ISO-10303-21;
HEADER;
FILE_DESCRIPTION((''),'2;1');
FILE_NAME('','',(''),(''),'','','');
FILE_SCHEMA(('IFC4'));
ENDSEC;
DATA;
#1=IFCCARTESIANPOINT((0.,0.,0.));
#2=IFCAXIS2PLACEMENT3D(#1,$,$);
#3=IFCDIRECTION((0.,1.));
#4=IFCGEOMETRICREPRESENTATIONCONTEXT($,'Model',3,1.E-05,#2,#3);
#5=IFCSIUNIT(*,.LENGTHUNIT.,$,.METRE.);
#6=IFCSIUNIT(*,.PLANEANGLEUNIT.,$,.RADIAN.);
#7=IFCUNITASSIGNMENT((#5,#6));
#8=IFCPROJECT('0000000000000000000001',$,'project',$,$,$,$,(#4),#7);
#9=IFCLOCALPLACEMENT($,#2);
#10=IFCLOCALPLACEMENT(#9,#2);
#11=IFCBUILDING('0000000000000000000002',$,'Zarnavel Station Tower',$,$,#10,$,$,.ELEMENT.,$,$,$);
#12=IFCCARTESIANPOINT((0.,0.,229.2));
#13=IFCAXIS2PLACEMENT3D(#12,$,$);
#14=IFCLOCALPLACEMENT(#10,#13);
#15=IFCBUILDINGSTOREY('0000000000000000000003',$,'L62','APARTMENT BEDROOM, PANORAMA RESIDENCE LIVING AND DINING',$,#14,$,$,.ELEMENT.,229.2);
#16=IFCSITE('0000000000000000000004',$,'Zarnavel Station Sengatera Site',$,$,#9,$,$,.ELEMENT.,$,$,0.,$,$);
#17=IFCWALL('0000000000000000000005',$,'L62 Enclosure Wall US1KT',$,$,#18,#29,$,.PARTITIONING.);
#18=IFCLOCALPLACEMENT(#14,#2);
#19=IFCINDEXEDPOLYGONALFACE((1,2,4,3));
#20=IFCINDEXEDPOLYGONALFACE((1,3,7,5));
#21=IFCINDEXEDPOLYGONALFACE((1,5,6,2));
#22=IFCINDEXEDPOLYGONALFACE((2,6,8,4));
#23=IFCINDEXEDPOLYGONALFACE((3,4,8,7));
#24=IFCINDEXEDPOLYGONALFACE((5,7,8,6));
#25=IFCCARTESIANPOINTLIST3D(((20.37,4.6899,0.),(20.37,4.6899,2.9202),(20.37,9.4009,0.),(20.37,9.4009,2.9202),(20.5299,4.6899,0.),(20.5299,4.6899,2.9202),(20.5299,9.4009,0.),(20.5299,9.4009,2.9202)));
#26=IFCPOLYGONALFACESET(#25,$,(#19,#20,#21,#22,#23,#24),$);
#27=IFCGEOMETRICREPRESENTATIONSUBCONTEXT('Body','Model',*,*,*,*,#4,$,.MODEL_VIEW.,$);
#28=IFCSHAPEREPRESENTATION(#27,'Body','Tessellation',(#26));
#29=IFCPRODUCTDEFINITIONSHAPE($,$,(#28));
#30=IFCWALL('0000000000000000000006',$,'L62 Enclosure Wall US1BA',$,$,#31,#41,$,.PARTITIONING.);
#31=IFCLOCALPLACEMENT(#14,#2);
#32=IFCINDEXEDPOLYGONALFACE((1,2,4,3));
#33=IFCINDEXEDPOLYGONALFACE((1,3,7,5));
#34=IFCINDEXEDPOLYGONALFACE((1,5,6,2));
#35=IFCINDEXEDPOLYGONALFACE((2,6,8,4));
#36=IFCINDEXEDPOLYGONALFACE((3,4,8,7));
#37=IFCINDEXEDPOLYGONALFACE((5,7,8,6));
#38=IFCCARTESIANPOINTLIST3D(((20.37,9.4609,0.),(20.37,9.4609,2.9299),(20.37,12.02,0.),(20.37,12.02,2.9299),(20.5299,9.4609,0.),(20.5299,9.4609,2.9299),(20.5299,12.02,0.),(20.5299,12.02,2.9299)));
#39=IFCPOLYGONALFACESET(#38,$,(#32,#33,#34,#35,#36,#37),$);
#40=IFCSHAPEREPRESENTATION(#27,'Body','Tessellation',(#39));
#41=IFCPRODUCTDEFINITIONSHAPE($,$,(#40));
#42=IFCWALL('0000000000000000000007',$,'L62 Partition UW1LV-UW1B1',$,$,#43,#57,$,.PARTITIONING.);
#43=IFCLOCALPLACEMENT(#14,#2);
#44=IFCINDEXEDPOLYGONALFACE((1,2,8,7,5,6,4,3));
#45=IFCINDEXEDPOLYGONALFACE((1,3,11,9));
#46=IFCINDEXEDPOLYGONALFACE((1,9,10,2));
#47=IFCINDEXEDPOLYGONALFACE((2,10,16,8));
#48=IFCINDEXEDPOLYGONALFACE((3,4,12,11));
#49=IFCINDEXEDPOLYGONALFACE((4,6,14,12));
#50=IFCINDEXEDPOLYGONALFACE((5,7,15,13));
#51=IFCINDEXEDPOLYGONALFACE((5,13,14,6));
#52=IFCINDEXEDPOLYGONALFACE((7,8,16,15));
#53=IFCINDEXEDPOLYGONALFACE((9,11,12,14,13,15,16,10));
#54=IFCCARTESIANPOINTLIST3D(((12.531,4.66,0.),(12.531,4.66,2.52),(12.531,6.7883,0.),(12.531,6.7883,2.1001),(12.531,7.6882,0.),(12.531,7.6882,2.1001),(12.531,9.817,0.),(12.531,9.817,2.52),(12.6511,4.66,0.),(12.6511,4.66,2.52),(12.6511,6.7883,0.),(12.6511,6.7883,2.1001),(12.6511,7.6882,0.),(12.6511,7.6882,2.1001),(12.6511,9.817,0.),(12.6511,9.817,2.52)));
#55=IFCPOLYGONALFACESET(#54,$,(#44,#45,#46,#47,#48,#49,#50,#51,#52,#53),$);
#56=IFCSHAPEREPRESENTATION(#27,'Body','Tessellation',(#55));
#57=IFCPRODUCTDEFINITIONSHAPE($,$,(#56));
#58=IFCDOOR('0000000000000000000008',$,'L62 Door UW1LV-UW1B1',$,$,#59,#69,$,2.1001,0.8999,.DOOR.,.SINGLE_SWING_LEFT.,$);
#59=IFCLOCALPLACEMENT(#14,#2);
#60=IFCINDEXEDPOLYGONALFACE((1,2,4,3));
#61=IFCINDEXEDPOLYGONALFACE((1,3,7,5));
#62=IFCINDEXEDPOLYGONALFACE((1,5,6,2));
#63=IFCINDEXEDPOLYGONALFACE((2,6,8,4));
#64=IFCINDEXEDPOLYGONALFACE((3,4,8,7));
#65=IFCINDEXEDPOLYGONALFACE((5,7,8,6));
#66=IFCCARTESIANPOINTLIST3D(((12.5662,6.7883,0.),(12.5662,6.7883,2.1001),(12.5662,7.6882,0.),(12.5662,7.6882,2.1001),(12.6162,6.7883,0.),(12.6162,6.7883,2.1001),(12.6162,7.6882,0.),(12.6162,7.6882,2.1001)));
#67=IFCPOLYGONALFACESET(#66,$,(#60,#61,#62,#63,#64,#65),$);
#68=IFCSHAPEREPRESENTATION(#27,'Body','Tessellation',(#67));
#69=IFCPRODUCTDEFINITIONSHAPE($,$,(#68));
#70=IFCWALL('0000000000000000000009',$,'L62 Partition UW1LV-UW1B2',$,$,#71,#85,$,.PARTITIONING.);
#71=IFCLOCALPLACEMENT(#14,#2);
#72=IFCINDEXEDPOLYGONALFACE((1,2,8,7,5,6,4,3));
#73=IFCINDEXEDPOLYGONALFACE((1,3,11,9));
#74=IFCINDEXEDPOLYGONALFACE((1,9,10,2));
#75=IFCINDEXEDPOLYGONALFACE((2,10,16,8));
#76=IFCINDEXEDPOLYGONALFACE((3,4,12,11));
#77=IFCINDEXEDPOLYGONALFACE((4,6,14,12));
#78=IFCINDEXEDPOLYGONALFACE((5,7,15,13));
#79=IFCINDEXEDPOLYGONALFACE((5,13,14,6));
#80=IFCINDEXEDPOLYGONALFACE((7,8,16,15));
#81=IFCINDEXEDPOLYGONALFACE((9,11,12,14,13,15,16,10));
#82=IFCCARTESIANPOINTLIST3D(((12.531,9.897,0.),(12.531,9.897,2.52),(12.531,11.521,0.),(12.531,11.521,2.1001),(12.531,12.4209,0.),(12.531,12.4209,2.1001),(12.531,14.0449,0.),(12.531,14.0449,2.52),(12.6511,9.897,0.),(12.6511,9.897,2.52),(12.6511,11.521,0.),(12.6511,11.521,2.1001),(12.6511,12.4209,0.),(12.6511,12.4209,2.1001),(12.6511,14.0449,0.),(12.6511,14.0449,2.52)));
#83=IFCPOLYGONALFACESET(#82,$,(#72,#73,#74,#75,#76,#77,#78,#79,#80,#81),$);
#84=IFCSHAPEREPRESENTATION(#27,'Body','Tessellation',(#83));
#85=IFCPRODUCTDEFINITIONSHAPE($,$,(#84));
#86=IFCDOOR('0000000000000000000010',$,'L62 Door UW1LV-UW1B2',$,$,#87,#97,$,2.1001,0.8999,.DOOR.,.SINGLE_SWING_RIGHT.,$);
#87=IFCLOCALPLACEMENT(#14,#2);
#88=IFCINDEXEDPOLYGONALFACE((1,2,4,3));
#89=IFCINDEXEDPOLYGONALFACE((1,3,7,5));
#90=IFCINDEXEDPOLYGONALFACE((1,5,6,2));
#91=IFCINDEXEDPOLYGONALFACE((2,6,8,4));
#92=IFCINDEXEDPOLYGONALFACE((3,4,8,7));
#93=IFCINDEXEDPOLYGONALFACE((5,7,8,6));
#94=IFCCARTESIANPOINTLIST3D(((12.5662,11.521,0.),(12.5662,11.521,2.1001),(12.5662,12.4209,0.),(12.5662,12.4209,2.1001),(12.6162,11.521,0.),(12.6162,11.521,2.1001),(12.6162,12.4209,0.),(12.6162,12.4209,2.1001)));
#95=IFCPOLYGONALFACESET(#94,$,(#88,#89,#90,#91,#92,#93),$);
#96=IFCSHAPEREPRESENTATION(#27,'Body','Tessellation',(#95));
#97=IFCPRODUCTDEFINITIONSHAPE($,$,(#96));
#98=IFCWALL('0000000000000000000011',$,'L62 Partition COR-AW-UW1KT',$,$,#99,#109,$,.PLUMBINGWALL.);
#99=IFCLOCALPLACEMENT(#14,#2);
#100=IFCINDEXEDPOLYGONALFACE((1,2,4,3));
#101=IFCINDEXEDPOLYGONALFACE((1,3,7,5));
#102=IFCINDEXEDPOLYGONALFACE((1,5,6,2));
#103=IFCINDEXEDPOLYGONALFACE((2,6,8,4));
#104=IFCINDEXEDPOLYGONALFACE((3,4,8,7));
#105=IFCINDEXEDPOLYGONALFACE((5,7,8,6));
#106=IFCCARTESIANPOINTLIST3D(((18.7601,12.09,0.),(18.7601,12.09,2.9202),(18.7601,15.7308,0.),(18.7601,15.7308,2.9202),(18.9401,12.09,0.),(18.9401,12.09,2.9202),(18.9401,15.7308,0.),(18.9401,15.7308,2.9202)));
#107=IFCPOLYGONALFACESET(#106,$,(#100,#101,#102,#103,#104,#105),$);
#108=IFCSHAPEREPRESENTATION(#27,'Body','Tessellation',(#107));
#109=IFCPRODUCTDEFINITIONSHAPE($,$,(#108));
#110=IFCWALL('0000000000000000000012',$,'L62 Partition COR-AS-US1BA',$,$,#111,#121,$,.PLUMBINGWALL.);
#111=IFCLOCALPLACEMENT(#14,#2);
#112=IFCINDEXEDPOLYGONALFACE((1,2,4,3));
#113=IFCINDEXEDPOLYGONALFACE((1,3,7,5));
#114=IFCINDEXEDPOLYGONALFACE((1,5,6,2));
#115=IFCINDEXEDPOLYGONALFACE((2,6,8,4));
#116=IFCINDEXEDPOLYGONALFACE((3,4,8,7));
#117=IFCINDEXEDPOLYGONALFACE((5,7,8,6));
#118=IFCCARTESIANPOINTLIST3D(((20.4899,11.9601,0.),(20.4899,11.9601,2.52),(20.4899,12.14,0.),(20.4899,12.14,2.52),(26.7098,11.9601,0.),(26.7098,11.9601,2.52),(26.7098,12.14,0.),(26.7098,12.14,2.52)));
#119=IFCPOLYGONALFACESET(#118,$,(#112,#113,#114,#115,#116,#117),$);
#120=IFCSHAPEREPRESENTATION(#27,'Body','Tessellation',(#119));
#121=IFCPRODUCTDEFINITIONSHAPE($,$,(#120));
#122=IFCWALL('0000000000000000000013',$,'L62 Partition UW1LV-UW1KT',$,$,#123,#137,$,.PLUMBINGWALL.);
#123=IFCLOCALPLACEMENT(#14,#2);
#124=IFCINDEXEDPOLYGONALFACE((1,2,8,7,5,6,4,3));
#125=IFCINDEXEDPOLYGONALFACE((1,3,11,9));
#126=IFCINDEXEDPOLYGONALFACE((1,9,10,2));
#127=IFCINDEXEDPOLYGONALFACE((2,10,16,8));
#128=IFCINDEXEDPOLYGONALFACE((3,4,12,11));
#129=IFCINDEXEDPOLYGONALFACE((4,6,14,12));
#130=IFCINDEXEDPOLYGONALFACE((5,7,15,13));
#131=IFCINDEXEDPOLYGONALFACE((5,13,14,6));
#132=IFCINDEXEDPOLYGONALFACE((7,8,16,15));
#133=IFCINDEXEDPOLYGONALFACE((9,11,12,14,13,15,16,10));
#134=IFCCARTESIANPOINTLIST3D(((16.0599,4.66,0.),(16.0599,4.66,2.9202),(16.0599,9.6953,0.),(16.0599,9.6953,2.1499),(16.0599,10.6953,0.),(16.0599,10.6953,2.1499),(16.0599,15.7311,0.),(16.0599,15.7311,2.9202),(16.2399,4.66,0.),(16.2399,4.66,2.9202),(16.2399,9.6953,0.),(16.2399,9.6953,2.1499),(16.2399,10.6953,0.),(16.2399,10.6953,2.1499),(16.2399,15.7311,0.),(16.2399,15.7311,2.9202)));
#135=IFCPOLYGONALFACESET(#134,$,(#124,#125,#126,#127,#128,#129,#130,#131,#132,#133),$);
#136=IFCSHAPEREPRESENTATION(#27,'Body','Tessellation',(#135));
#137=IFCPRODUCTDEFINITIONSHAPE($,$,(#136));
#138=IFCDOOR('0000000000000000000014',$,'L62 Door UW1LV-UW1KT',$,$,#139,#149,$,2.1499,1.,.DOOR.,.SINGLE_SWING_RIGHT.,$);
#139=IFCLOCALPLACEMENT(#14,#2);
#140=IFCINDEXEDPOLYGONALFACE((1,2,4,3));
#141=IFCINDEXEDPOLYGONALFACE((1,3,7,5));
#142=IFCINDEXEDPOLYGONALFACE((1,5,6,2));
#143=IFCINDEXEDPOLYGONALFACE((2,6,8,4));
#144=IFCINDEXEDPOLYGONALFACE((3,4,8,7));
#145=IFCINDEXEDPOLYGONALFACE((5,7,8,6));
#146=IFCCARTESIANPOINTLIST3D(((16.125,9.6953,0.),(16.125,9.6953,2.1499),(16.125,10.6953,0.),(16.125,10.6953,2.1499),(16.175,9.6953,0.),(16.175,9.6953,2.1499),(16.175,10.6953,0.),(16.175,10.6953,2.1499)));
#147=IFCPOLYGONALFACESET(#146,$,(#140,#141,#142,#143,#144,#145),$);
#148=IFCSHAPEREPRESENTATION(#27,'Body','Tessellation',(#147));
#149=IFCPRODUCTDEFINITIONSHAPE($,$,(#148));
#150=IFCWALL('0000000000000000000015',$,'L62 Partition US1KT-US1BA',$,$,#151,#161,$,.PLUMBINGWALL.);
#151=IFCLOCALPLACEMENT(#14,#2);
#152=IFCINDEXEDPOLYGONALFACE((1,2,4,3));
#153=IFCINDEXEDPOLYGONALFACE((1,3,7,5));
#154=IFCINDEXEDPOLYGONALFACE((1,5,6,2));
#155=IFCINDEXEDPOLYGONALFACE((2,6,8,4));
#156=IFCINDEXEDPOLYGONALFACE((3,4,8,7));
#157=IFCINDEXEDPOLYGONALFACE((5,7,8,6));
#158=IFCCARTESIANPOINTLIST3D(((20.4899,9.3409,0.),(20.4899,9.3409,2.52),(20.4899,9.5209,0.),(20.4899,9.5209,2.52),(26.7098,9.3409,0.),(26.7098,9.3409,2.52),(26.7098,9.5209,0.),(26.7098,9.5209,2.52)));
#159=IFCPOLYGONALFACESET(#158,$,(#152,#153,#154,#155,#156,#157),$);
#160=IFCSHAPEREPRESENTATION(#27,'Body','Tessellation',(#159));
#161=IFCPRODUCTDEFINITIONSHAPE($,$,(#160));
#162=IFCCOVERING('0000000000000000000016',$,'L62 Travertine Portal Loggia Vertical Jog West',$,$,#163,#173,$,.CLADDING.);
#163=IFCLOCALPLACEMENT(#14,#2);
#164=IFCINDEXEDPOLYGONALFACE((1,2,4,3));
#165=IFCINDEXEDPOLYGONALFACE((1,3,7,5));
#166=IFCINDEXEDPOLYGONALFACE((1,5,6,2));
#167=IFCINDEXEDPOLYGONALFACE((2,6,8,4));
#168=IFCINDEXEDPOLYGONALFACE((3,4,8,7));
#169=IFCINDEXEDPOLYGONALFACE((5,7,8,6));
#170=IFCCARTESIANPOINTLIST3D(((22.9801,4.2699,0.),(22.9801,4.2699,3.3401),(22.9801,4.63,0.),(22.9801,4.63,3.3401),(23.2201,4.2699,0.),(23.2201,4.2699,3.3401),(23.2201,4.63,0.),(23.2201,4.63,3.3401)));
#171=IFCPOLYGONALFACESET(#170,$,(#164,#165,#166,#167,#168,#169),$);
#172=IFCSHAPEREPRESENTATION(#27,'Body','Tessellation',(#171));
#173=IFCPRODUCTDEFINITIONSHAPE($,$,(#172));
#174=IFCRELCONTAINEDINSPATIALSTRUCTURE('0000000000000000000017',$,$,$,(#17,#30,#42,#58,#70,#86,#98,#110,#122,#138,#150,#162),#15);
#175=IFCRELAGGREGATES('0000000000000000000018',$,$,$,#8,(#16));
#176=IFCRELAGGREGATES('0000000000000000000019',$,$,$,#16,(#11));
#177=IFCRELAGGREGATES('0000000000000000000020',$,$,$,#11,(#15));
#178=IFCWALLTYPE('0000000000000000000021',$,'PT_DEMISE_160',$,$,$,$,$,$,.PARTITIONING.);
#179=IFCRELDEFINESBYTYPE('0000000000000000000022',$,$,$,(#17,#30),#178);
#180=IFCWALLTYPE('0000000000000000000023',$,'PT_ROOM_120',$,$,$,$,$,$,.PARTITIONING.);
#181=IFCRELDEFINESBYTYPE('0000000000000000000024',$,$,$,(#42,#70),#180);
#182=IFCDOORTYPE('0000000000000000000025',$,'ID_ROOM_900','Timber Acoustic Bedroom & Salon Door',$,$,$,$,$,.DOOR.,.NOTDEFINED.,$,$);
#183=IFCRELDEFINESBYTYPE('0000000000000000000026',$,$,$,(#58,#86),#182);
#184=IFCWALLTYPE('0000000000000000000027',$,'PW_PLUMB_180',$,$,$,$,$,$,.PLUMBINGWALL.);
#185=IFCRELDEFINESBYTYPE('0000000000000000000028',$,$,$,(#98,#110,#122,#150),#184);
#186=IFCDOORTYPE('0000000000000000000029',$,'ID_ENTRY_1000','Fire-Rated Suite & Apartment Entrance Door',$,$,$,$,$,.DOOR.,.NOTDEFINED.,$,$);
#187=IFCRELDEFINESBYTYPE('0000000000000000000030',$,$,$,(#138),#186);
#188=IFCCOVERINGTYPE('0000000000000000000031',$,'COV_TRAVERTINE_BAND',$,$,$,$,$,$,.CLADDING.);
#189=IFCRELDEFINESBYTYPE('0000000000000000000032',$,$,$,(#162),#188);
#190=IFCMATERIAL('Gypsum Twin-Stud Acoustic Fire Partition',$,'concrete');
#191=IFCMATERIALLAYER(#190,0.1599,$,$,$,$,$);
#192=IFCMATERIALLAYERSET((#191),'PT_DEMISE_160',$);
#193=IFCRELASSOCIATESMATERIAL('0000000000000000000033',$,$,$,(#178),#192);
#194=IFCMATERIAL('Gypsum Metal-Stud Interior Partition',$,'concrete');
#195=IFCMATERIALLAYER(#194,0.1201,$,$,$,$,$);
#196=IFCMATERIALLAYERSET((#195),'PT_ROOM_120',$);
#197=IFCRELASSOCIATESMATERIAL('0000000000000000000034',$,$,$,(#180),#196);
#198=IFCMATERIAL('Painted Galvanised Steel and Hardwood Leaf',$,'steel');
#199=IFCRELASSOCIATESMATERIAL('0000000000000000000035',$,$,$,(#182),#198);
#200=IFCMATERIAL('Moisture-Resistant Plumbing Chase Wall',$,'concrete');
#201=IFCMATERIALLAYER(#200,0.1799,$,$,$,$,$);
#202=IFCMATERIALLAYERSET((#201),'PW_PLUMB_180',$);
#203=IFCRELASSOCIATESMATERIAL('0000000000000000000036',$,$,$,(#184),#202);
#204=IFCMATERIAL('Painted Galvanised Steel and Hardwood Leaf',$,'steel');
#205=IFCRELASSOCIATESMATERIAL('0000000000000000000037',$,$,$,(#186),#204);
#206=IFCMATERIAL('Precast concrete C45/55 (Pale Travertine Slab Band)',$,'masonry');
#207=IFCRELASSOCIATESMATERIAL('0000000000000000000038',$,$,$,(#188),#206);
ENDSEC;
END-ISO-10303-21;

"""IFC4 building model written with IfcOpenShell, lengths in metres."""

from ifc_helpers import new_model, si_unit, direction, frame, frame_2d, origin, origin_2d, place, context, subcontext, project, spatial, rectangle, extrude, material, layer, layer_set, type_object, element, fill, save


model = new_model("IFC4")

# Units and contexts
model_context = context("Model", 3, precision=1e-05, world=origin(), true_north=direction((0.0, 1.0)))
body_context = subcontext(model_context, "Body", "Model", "MODEL_VIEW")
ifc_project = project(units=[si_unit("LENGTHUNIT", "METRE"), si_unit("PLANEANGLEUNIT", "RADIAN")], contexts=[model_context])

# Site, building, storey
site_placement = place(None, origin())
site = spatial("IfcSite", under=ifc_project, at=site_placement, Name="Zarnavel Station Sengatera Site", CompositionType="ELEMENT", RefElevation=0.0)
building_placement = place(site_placement, origin())
building = spatial("IfcBuilding", under=site, at=building_placement, Name="Zarnavel Station Tower", CompositionType="ELEMENT")
storey_placement = place(building_placement, frame((0.0, 0.0, 229.2)))
storey = spatial("IfcBuildingStorey", under=building, at=storey_placement, Name="L62", Description="APARTMENT BEDROOM, PANORAMA RESIDENCE LIVING AND DINING", CompositionType="ELEMENT", Elevation=229.2)

# Walls
ifc_material_1 = material(Name="Gypsum Twin-Stud Acoustic Fire Partition", Category="concrete")
ifc_layer_1 = layer(ifc_material_1, 0.1599)
ifc_layer_set_1 = layer_set([ifc_layer_1], Name="PT_DEMISE_160")
wall_type_1 = type_object("IfcWallType", Name="PT_DEMISE_160", PredefinedType="PARTITIONING", material=ifc_layer_set_1)
wall_1_placement = place(storey_placement, frame((20.45, 4.6899, 0.0), z_axis=(0.0, 0.0, 1.0), x_axis=(0.0, 1.0, 0.0)))
element("IfcWall", 1, at=wall_1_placement, inside=storey, type_object=wall_type_1, Name="L62 Enclosure Wall US1KT", PredefinedType="PARTITIONING", context=body_context, shape_type="SweptSolid", body=[
    extrude(rectangle(XDim=4.7109, YDim=0.1599, at=frame_2d((2.3555, 0.0))), origin(), (0.0, 0.0, 1.0), 2.9202),
])
wall_2_placement = place(storey_placement, frame((20.45, 9.4609, 0.0), z_axis=(0.0, 0.0, 1.0), x_axis=(0.0, 1.0, 0.0)))
element("IfcWall", 2, at=wall_2_placement, inside=storey, type_object=wall_type_1, Name="L62 Enclosure Wall US1BA", PredefinedType="PARTITIONING", context=body_context, shape_type="SweptSolid", body=[
    extrude(rectangle(XDim=2.5591, YDim=0.1599, at=frame_2d((1.2795, 0.0))), origin(), (0.0, 0.0, 1.0), 2.9299),
])

# Walls, openings, doors
ifc_material_2 = material(Name="Gypsum Metal-Stud Interior Partition", Category="concrete")
ifc_layer_2 = layer(ifc_material_2, 0.1201)
ifc_layer_set_2 = layer_set([ifc_layer_2], Name="PT_ROOM_120")
wall_type_2 = type_object("IfcWallType", Name="PT_ROOM_120", PredefinedType="PARTITIONING", material=ifc_layer_set_2)
wall_3_placement = place(storey_placement, frame((12.5911, 4.6599, 0.0), z_axis=(0.0, 0.0, 1.0), x_axis=(0.0, 1.0, 0.0)))
wall_3 = element("IfcWall", 3, at=wall_3_placement, inside=storey, type_object=wall_type_2, Name="L62 Partition UW1LV-UW1B1", PredefinedType="PARTITIONING", context=body_context, shape_type="SweptSolid", body=[
    extrude(rectangle(XDim=5.157, YDim=0.1201, at=frame_2d((2.5786, 0.0))), origin(), (0.0, 0.0, 1.0), 2.52),
])
opening_1_placement = place(wall_3_placement, frame((2.1284, 0.0, 0.0)))
opening_1 = element("IfcOpeningElement", 4, at=opening_1_placement, cuts=wall_3, PredefinedType="OPENING", context=body_context, shape_type="SweptSolid", body=[
    extrude(rectangle(XDim=0.8999, YDim=2.1001, at=frame_2d((0.45, 1.05))), frame((0.0, 0.0701, 0.0), z_axis=(0.0, -1.0, 0.0), x_axis=(1.0, 0.0, 0.0)), (0.0, 0.0, 1.0), 0.1401),
])
ifc_material_3 = material(Name="Painted Galvanised Steel and Hardwood Leaf", Category="steel")
door_type_1 = type_object("IfcDoorType", Name="ID_ROOM_900", Description="Timber Acoustic Bedroom & Salon Door", OperationType="NOTDEFINED", PredefinedType="DOOR", material=ifc_material_3)
door_1_placement = place(opening_1_placement, origin())
door_1 = element("IfcDoor", 5, at=door_1_placement, inside=storey, type_object=door_type_1, Name="L62 Door UW1LV-UW1B1", OperationType="SINGLE_SWING_LEFT", OverallHeight=2.1001, OverallWidth=0.8999, PredefinedType="DOOR", context=body_context, shape_type="SweptSolid", body=[
    extrude(rectangle(XDim=0.8999, YDim=2.1001, at=frame_2d((0.45, 1.05))), frame((0.0, 0.0249, 0.0), z_axis=(0.0, -1.0, 0.0), x_axis=(1.0, 0.0, 0.0)), (0.0, 0.0, 1.0), 0.05),
])
fill(opening_1, door_1)
wall_4_placement = place(storey_placement, frame((12.5911, 9.897, 0.0), z_axis=(0.0, 0.0, 1.0), x_axis=(0.0, 1.0, 0.0)))
wall_4 = element("IfcWall", 6, at=wall_4_placement, inside=storey, type_object=wall_type_2, Name="L62 Partition UW1LV-UW1B2", PredefinedType="PARTITIONING", context=body_context, shape_type="SweptSolid", body=[
    extrude(rectangle(XDim=4.1479, YDim=0.1201, at=frame_2d((2.074, 0.0))), origin(), (0.0, 0.0, 1.0), 2.52),
])
opening_2_placement = place(wall_4_placement, frame((1.624, 0.0, 0.0)))
opening_2 = element("IfcOpeningElement", 7, at=opening_2_placement, cuts=wall_4, PredefinedType="OPENING", context=body_context, shape_type="SweptSolid", body=[
    extrude(rectangle(XDim=0.8999, YDim=2.1001, at=frame_2d((0.45, 1.05))), frame((0.0, 0.0701, 0.0), z_axis=(0.0, -1.0, 0.0), x_axis=(1.0, 0.0, 0.0)), (0.0, 0.0, 1.0), 0.1401),
])
door_2_placement = place(opening_2_placement, origin())
door_2 = element("IfcDoor", 8, at=door_2_placement, inside=storey, type_object=door_type_1, Name="L62 Door UW1LV-UW1B2", OperationType="SINGLE_SWING_RIGHT", OverallHeight=2.1001, OverallWidth=0.8999, PredefinedType="DOOR", context=body_context, shape_type="SweptSolid", body=[
    extrude(rectangle(XDim=0.8999, YDim=2.1001, at=frame_2d((0.45, 1.05))), frame((0.0, 0.0249, 0.0), z_axis=(0.0, -1.0, 0.0), x_axis=(1.0, 0.0, 0.0)), (0.0, 0.0, 1.0), 0.05),
])
fill(opening_2, door_2)

# Walls
ifc_material_4 = material(Name="Moisture-Resistant Plumbing Chase Wall", Category="concrete")
ifc_layer_3 = layer(ifc_material_4, 0.1799)
ifc_layer_set_3 = layer_set([ifc_layer_3], Name="PW_PLUMB_180")
wall_type_3 = type_object("IfcWallType", Name="PW_PLUMB_180", PredefinedType="PLUMBINGWALL", material=ifc_layer_set_3)
wall_5_placement = place(storey_placement, frame((18.8501, 12.0901, 0.0), z_axis=(0.0, 0.0, 1.0), x_axis=(0.0, 1.0, 0.0)))
element("IfcWall", 9, at=wall_5_placement, inside=storey, type_object=wall_type_3, Name="L62 Partition COR-AW-UW1KT", PredefinedType="PLUMBINGWALL", context=body_context, shape_type="SweptSolid", body=[
    extrude(rectangle(XDim=3.6409, YDim=0.1799, at=frame_2d((1.8203, 0.0))), origin(), (0.0, 0.0, 1.0), 2.9202),
])
wall_6_placement = place(storey_placement, frame((20.49, 12.05, 0.0), z_axis=(0.0, 0.0, 1.0), x_axis=(1.0, 0.0, 0.0)))
element("IfcWall", 10, at=wall_6_placement, inside=storey, type_object=wall_type_3, Name="L62 Partition COR-AS-US1BA", PredefinedType="PLUMBINGWALL", context=body_context, shape_type="SweptSolid", body=[
    extrude(rectangle(XDim=6.22, YDim=0.1799, at=frame_2d((3.1099, 0.0))), origin(), (0.0, 0.0, 1.0), 2.52),
])

# Wall, opening, door
wall_7_placement = place(storey_placement, frame((16.1499, 4.6599, 0.0), z_axis=(0.0, 0.0, 1.0), x_axis=(0.0, 1.0, 0.0)))
wall_7 = element("IfcWall", 11, at=wall_7_placement, inside=storey, type_object=wall_type_3, Name="L62 Partition UW1LV-UW1KT", PredefinedType="PLUMBINGWALL", context=body_context, shape_type="SweptSolid", body=[
    extrude(rectangle(XDim=11.071, YDim=0.1799, at=frame_2d((5.5356, 0.0))), origin(), (0.0, 0.0, 1.0), 2.9202),
])
opening_3_placement = place(wall_7_placement, frame((5.0354, 0.0, 0.0)))
opening_3 = element("IfcOpeningElement", 12, at=opening_3_placement, cuts=wall_7, PredefinedType="OPENING", context=body_context, shape_type="SweptSolid", body=[
    extrude(rectangle(XDim=1.0, YDim=2.1499, at=frame_2d((0.5, 1.075))), frame((0.0, 0.0999, 0.0), z_axis=(0.0, -1.0, 0.0), x_axis=(1.0, 0.0, 0.0)), (0.0, 0.0, 1.0), 0.2),
])
ifc_material_5 = material(Name="Painted Galvanised Steel and Hardwood Leaf", Category="steel")
door_type_2 = type_object("IfcDoorType", Name="ID_ENTRY_1000", Description="Fire-Rated Suite & Apartment Entrance Door", OperationType="NOTDEFINED", PredefinedType="DOOR", material=ifc_material_5)
door_3_placement = place(opening_3_placement, origin())
door_3 = element("IfcDoor", 13, at=door_3_placement, inside=storey, type_object=door_type_2, Name="L62 Door UW1LV-UW1KT", OperationType="SINGLE_SWING_RIGHT", OverallHeight=2.1499, OverallWidth=1.0, PredefinedType="DOOR", context=body_context, shape_type="SweptSolid", body=[
    extrude(rectangle(XDim=1.0, YDim=2.1499, at=frame_2d((0.5, 1.075))), frame((0.0, 0.0249, 0.0), z_axis=(0.0, -1.0, 0.0), x_axis=(1.0, 0.0, 0.0)), (0.0, 0.0, 1.0), 0.05),
])
fill(opening_3, door_3)

# Wall
wall_8_placement = place(storey_placement, frame((20.49, 9.4309, 0.0), z_axis=(0.0, 0.0, 1.0), x_axis=(1.0, 0.0, 0.0)))
element("IfcWall", 14, at=wall_8_placement, inside=storey, type_object=wall_type_3, Name="L62 Partition US1KT-US1BA", PredefinedType="PLUMBINGWALL", context=body_context, shape_type="SweptSolid", body=[
    extrude(rectangle(XDim=6.22, YDim=0.1799, at=frame_2d((3.1099, 0.0))), origin(), (0.0, 0.0, 1.0), 2.52),
])

# Covering
ifc_material_6 = material(Name="Precast concrete C45/55 (Pale Travertine Slab Band)", Category="masonry")
covering_type = type_object("IfcCoveringType", Name="COV_TRAVERTINE_BAND", PredefinedType="CLADDING", material=ifc_material_6)
covering_placement = place(storey_placement, frame((23.1001, 4.45, 0.0), z_axis=(0.0, 0.0, 1.0), x_axis=(1.0, 0.0, 0.0)))
element("IfcCovering", 15, at=covering_placement, inside=storey, type_object=covering_type, Name="L62 Travertine Portal Loggia Vertical Jog West", PredefinedType="CLADDING", context=body_context, shape_type="SweptSolid", body=[
    extrude(rectangle(XDim=0.24, YDim=0.3601, at=origin_2d()), origin(), (0.0, 0.0, 1.0), 3.3401),
])

save(model, "model.ifc")
